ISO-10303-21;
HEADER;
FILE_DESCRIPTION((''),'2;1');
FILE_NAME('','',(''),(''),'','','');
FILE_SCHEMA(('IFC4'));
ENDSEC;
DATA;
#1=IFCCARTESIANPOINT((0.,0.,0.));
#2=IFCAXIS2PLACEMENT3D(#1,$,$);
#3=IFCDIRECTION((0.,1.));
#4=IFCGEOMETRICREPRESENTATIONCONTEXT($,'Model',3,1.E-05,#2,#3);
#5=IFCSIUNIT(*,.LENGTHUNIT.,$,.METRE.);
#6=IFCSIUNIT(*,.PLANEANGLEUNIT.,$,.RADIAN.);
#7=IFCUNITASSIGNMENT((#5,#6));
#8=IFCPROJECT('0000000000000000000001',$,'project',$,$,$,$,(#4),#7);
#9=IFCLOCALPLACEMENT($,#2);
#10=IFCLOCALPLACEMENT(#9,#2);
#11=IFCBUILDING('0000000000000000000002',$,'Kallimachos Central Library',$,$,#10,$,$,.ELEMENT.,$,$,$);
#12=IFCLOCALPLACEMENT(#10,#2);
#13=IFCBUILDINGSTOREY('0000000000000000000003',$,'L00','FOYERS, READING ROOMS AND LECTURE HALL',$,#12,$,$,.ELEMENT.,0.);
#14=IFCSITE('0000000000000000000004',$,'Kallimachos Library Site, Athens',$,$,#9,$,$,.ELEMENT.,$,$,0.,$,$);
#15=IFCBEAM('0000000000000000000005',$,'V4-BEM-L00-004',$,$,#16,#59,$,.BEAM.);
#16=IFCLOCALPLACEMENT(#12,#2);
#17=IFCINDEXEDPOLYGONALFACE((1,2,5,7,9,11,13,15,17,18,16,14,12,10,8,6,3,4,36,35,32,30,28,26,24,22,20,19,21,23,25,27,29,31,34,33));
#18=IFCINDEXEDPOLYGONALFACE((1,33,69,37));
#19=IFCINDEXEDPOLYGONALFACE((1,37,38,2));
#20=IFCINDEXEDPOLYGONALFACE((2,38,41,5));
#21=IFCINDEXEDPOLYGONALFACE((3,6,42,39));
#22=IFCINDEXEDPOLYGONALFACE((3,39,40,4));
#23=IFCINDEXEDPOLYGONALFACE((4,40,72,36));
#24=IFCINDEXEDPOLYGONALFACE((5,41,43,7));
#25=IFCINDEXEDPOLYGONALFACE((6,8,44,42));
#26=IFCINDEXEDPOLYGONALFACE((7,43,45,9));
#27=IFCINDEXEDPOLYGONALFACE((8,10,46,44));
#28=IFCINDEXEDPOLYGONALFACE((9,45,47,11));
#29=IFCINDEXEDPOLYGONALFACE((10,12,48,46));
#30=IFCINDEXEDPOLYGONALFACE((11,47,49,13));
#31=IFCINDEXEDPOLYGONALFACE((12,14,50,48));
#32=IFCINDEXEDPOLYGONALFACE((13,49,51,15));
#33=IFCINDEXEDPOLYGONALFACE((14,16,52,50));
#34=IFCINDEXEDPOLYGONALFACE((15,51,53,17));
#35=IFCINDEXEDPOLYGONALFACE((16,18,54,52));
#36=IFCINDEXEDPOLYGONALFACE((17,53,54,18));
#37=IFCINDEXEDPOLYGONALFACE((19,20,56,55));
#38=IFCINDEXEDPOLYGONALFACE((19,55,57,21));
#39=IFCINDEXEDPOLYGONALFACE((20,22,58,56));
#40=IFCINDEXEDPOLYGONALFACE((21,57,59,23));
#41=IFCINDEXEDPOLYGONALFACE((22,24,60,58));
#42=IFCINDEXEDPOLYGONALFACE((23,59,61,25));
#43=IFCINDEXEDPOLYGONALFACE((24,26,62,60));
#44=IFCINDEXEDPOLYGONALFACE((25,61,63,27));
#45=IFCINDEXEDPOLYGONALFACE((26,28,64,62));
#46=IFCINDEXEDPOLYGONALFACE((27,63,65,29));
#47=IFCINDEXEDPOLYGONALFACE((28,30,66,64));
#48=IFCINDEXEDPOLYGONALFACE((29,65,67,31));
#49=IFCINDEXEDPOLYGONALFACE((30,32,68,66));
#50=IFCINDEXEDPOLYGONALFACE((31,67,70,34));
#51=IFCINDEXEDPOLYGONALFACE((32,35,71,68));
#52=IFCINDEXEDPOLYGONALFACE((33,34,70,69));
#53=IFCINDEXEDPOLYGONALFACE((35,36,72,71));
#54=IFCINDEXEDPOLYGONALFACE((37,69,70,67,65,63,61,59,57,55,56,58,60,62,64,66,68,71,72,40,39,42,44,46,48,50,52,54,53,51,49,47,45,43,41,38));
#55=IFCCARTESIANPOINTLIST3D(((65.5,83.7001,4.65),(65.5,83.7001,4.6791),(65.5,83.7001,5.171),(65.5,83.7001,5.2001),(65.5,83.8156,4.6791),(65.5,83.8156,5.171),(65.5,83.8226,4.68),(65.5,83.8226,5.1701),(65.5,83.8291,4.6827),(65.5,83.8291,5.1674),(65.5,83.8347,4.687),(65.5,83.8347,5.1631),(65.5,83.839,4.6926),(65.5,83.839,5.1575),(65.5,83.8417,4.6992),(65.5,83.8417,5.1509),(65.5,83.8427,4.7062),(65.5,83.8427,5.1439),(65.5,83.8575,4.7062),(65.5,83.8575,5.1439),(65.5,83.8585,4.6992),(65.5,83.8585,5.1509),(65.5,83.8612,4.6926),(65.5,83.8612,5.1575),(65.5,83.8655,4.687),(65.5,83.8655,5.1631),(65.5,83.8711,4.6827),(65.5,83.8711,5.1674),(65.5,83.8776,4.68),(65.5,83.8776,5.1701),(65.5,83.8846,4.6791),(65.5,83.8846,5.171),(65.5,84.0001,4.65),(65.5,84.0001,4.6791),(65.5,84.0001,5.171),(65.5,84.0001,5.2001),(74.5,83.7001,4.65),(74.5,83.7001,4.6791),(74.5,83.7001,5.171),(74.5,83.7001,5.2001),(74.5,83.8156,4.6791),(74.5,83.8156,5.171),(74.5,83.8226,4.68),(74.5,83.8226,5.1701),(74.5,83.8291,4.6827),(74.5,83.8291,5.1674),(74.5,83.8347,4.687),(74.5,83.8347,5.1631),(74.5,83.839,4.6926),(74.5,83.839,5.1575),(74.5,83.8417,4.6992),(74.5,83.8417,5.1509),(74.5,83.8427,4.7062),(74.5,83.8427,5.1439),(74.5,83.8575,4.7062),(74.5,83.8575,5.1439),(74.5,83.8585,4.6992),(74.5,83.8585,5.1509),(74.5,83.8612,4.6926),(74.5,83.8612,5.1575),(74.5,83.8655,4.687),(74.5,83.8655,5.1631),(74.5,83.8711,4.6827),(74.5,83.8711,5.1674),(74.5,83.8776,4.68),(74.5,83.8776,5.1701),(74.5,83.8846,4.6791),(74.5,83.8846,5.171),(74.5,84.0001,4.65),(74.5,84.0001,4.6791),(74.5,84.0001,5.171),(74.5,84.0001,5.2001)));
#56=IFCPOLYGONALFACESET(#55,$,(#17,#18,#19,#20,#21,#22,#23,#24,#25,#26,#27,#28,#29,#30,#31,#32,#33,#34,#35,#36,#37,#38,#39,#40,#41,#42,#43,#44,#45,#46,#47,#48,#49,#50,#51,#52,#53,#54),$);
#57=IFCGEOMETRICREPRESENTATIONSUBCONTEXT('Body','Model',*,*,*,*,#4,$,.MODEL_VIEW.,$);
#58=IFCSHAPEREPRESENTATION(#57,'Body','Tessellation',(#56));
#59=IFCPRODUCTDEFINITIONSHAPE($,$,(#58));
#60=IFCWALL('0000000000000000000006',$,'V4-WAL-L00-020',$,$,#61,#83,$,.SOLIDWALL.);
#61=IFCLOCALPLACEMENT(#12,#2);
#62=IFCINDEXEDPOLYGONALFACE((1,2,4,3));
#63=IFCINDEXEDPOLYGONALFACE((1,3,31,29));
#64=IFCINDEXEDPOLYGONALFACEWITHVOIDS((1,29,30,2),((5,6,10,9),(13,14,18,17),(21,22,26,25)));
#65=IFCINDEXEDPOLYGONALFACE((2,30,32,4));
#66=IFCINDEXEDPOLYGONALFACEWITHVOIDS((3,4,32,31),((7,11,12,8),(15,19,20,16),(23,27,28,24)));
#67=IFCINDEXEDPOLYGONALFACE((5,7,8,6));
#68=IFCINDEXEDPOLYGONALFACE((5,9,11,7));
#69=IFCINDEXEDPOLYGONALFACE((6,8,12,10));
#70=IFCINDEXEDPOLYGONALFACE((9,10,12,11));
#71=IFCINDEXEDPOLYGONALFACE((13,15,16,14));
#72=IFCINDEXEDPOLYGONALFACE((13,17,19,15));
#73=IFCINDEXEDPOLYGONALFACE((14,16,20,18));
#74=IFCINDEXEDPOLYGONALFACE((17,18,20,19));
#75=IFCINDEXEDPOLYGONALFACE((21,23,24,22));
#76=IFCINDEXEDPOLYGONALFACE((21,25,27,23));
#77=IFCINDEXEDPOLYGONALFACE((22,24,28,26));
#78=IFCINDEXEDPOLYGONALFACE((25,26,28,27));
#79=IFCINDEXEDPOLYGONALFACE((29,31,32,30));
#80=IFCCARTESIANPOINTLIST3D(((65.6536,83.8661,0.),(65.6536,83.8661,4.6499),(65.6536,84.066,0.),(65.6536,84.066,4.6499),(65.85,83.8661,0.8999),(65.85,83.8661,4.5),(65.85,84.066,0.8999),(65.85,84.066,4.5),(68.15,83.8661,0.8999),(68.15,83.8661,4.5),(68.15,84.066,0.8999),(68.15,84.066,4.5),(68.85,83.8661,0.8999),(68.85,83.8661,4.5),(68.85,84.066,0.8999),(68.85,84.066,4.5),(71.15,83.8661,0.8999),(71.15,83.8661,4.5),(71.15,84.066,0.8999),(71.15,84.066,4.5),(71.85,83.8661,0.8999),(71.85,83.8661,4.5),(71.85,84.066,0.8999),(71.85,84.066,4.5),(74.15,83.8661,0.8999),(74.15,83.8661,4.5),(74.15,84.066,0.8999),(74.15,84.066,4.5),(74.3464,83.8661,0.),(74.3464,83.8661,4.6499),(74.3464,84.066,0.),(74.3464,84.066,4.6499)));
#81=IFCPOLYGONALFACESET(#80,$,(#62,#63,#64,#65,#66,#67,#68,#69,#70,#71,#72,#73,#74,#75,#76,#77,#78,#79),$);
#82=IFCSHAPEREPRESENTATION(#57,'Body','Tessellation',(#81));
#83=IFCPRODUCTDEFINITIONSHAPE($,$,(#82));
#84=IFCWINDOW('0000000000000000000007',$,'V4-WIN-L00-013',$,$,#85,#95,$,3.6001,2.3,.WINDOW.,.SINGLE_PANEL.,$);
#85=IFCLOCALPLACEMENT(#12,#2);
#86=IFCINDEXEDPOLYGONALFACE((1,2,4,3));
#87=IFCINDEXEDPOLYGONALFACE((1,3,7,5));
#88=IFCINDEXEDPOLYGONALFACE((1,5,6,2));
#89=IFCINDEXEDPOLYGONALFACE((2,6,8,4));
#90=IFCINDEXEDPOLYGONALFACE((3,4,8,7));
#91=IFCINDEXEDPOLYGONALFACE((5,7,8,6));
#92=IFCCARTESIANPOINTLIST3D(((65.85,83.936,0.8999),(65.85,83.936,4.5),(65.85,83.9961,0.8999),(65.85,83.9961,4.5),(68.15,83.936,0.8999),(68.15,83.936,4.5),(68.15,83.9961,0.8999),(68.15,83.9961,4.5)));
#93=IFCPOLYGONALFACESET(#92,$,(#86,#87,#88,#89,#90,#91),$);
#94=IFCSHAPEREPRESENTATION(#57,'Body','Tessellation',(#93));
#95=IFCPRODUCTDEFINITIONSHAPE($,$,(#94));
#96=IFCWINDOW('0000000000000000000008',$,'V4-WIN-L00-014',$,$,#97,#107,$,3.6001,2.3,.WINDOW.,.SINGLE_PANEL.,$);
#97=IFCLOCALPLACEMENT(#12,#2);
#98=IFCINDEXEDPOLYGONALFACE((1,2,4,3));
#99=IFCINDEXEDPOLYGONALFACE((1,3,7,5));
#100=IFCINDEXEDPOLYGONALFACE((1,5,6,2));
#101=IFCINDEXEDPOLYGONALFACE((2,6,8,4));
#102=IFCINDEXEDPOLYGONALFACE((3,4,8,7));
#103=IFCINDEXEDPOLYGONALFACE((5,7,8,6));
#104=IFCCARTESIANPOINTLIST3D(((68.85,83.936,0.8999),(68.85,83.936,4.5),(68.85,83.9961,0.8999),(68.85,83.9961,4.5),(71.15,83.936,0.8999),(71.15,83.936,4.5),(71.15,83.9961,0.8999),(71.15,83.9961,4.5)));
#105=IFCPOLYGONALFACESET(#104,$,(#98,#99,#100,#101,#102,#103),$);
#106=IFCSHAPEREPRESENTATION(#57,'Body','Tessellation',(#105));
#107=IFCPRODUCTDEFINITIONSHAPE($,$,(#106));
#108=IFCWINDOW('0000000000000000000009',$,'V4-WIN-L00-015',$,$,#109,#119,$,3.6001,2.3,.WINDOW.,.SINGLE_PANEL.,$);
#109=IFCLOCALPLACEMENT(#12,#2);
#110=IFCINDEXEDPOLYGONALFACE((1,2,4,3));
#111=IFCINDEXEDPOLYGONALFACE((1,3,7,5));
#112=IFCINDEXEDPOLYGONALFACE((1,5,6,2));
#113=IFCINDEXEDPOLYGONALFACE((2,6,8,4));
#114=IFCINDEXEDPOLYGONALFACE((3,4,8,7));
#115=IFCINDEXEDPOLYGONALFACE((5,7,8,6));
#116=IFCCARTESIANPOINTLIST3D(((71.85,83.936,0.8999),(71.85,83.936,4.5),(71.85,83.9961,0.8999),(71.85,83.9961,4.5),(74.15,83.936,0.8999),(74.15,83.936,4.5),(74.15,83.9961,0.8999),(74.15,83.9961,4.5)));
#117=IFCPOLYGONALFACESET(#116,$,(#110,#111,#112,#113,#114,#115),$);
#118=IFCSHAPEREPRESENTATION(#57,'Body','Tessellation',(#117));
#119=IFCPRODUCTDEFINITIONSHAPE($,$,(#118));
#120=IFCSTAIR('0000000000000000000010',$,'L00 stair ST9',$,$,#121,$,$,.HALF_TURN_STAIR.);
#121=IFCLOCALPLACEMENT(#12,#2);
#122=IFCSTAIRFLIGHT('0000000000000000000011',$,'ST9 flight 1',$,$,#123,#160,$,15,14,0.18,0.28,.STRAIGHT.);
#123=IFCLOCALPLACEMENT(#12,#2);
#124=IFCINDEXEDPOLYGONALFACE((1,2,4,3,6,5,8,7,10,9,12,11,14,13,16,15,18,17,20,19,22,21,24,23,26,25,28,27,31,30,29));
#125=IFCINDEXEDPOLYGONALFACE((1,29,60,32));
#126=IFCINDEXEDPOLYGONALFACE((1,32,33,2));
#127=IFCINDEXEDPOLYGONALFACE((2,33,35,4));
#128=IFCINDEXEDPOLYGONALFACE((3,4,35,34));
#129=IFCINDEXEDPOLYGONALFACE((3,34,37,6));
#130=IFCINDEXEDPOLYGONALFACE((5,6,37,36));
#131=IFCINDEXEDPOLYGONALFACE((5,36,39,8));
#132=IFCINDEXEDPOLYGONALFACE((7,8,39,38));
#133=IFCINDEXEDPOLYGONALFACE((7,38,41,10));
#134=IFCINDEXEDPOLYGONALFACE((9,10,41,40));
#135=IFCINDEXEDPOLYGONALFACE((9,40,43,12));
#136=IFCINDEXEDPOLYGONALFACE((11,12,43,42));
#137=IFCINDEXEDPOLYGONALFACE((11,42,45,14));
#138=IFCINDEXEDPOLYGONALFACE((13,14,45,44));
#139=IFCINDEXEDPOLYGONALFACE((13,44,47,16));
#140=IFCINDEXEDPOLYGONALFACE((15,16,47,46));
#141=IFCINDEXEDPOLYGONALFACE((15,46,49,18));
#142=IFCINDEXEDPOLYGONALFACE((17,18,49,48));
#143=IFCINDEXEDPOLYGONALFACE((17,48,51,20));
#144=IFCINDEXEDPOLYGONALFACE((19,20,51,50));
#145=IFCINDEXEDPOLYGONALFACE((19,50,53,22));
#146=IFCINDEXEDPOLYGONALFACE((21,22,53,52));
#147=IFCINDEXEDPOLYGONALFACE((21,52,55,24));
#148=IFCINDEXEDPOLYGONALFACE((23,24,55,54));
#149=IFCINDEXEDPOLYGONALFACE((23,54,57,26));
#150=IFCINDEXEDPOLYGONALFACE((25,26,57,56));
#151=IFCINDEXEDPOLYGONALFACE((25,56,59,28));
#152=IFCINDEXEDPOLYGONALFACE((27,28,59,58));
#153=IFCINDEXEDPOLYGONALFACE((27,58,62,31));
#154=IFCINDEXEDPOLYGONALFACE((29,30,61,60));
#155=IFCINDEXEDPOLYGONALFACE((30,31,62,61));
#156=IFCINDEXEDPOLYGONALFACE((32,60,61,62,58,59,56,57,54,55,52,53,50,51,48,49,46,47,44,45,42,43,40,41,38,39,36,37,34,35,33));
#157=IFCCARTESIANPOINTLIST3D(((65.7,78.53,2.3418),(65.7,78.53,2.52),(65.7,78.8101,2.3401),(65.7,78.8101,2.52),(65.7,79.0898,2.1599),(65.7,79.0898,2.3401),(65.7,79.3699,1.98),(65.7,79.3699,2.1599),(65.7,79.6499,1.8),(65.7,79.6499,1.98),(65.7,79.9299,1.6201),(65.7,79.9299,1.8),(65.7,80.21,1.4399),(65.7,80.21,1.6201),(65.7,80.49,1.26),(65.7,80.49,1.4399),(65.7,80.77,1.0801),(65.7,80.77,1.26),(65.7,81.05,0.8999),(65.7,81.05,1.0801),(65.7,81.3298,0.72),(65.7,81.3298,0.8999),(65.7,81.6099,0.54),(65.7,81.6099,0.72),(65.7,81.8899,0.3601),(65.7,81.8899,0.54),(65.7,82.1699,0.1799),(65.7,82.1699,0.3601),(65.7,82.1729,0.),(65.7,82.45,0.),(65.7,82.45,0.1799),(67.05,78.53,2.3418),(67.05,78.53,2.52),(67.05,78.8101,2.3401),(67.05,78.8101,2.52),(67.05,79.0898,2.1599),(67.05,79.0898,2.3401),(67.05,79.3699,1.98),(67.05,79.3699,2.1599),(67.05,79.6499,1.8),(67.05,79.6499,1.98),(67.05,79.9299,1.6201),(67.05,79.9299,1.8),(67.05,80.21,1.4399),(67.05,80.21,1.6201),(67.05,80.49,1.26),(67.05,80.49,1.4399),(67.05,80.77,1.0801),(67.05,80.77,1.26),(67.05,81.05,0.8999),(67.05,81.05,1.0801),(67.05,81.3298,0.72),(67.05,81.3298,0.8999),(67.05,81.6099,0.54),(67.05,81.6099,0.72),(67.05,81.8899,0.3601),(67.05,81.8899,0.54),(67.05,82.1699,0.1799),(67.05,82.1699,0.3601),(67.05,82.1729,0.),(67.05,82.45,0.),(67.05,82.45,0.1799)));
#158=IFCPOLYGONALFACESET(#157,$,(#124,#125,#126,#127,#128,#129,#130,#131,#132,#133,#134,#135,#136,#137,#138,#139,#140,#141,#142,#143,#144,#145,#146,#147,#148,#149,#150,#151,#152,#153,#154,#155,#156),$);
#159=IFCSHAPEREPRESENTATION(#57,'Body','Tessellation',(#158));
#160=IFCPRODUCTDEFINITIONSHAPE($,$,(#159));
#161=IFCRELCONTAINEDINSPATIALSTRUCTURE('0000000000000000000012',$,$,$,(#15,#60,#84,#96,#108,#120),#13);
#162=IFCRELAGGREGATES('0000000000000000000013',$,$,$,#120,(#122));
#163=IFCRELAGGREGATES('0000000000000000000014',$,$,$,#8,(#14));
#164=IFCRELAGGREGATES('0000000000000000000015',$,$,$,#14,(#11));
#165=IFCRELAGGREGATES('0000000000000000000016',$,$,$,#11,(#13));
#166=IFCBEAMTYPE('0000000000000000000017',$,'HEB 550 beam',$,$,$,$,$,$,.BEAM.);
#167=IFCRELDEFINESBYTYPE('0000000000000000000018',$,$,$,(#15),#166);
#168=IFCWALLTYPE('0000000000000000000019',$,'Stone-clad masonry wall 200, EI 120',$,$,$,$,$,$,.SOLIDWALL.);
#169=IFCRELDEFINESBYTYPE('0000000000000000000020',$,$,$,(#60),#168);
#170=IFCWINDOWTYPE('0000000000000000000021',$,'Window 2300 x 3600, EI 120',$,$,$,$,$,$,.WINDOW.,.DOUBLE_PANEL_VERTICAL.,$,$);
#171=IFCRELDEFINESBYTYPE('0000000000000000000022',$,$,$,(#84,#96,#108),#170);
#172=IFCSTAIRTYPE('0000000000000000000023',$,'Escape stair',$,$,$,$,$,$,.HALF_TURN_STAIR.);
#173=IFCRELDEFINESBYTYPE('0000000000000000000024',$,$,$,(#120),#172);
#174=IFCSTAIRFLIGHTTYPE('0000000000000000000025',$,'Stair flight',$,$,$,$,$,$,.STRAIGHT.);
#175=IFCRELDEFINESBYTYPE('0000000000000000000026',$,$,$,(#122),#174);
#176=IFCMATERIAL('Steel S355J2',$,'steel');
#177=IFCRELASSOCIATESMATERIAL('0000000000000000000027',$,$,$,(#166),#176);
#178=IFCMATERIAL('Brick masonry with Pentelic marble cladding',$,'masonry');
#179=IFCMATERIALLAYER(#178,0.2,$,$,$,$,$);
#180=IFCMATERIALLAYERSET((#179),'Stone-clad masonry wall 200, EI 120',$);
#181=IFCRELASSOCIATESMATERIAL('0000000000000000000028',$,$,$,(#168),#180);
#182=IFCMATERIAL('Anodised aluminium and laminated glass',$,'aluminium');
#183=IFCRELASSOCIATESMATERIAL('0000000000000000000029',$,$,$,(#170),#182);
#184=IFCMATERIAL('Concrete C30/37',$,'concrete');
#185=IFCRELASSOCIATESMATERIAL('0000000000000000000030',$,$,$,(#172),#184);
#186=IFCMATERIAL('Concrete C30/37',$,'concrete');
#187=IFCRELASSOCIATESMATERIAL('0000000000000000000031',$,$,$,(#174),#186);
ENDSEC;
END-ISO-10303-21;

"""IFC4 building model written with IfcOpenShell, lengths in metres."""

from ifc_helpers import new_model, si_unit, direction, frame, frame_2d, origin, origin_2d, place, context, subcontext, project, spatial, polyline, rectangle, i_section, outline, extrude, material, layer, layer_set, material_profile, profile_set, type_object, element, fill, aggregate, save


model = new_model("IFC4")

# Units and contexts
model_context = context("Model", 3, precision=1e-05, world=origin(), true_north=direction((0.0, 1.0)))
body_context = subcontext(model_context, "Body", "Model", "MODEL_VIEW")
ifc_project = project(units=[si_unit("LENGTHUNIT", "METRE"), si_unit("PLANEANGLEUNIT", "RADIAN")], contexts=[model_context])

# Site, building, storey
site_placement = place(None, origin())
site = spatial("IfcSite", under=ifc_project, at=site_placement, Name="Kallimachos Library Site, Athens", CompositionType="ELEMENT", RefElevation=0.0)
building_placement = place(site_placement, origin())
building = spatial("IfcBuilding", under=site, at=building_placement, Name="Kallimachos Central Library", CompositionType="ELEMENT")
storey_placement = place(building_placement, origin())
storey = spatial("IfcBuildingStorey", under=building, at=storey_placement, Name="L00", Description="FOYERS, READING ROOMS AND LECTURE HALL", CompositionType="ELEMENT", Elevation=0.0)

# Beam
ifc_material_1 = material(Name="Steel S355J2", Category="steel")
ifc_material_profile_1 = material_profile(ifc_material_1, i_section(OverallWidth=0.3, OverallDepth=0.55, WebThickness=0.0149, FlangeThickness=0.0291, FilletRadius=0.0271, at=origin_2d()), Name="HEB 550")
ifc_profile_set_1 = profile_set([ifc_material_profile_1], Name="Steel S355J2")
beam_type = type_object("IfcBeamType", Name="HEB 550 beam", PredefinedType="BEAM", material=ifc_profile_set_1)
beam_placement = place(storey_placement, frame((65.5, 83.8501, 4.925), z_axis=(1.0, 0.0, 0.0), x_axis=(0.0, 1.0, 0.0)))
element("IfcBeam", 1, at=beam_placement, inside=storey, type_object=beam_type, Name="V4-BEM-L00-004", PredefinedType="BEAM", context=body_context, shape_type="SweptSolid", body=[
    extrude(i_section(OverallWidth=0.3, OverallDepth=0.55, WebThickness=0.0149, FlangeThickness=0.0291, FilletRadius=0.0271, at=origin_2d()), origin(), (0.0, 0.0, 1.0), 9.0),
])

# Wall, openings, windows
ifc_material_2 = material(Name="Brick masonry with Pentelic marble cladding", Category="masonry")
ifc_layer_1 = layer(ifc_material_2, 0.2)
ifc_layer_set_1 = layer_set([ifc_layer_1], Name="Stone-clad masonry wall 200, EI 120")
wall_type = type_object("IfcWallType", Name="Stone-clad masonry wall 200, EI 120", PredefinedType="SOLIDWALL", material=ifc_layer_set_1)
wall_placement = place(storey_placement, frame((65.6536, 83.9661, 0.0), z_axis=(0.0, 0.0, 1.0), x_axis=(1.0, 0.0, 0.0)))
wall = element("IfcWall", 2, at=wall_placement, inside=storey, type_object=wall_type, Name="V4-WAL-L00-020", PredefinedType="SOLIDWALL", context=body_context, shape_type="SweptSolid", body=[
    extrude(rectangle(XDim=8.6929, YDim=0.2, at=frame_2d((4.3464, 0.0))), origin(), (0.0, 0.0, 1.0), 4.6499),
])
opening_1_placement = place(wall_placement, frame((0.1965, 0.0, 0.8999)))
opening_1 = element("IfcOpeningElement", 3, at=opening_1_placement, cuts=wall, PredefinedType="OPENING", context=body_context, shape_type="SweptSolid", body=[
    extrude(rectangle(XDim=2.3, YDim=3.6001, at=frame_2d((1.1499, 1.8))), frame((0.0, 0.1099, 0.0), z_axis=(0.0, -1.0, 0.0), x_axis=(1.0, 0.0, 0.0)), (0.0, 0.0, 1.0), 0.22),
])
opening_2_placement = place(wall_placement, frame((3.1965, 0.0, 0.8999)))
opening_2 = element("IfcOpeningElement", 4, at=opening_2_placement, cuts=wall, PredefinedType="OPENING", context=body_context, shape_type="SweptSolid", body=[
    extrude(rectangle(XDim=2.3, YDim=3.6001, at=frame_2d((1.1499, 1.8))), frame((0.0, 0.1099, 0.0), z_axis=(0.0, -1.0, 0.0), x_axis=(1.0, 0.0, 0.0)), (0.0, 0.0, 1.0), 0.22),
])
opening_3_placement = place(wall_placement, frame((6.1965, 0.0, 0.8999)))
opening_3 = element("IfcOpeningElement", 5, at=opening_3_placement, cuts=wall, PredefinedType="OPENING", context=body_context, shape_type="SweptSolid", body=[
    extrude(rectangle(XDim=2.3, YDim=3.6001, at=frame_2d((1.1499, 1.8))), frame((0.0, 0.1099, 0.0), z_axis=(0.0, -1.0, 0.0), x_axis=(1.0, 0.0, 0.0)), (0.0, 0.0, 1.0), 0.22),
])
ifc_material_3 = material(Name="Anodised aluminium and laminated glass", Category="aluminium")
window_type = type_object("IfcWindowType", Name="Window 2300 x 3600, EI 120", PartitioningType="DOUBLE_PANEL_VERTICAL", PredefinedType="WINDOW", material=ifc_material_3)
window_1_placement = place(opening_1_placement, origin())
window_1 = element("IfcWindow", 6, at=window_1_placement, inside=storey, type_object=window_type, Name="V4-WIN-L00-013", OverallHeight=3.6001, OverallWidth=2.3, PartitioningType="SINGLE_PANEL", PredefinedType="WINDOW", context=body_context, shape_type="SweptSolid", body=[
    extrude(rectangle(XDim=2.3, YDim=3.6001, at=frame_2d((1.1499, 1.8))), frame((0.0, 0.03, 0.0), z_axis=(0.0, -1.0, 0.0), x_axis=(1.0, 0.0, 0.0)), (0.0, 0.0, 1.0), 0.0601),
])
fill(opening_1, window_1)
window_2_placement = place(opening_2_placement, origin())
window_2 = element("IfcWindow", 7, at=window_2_placement, inside=storey, type_object=window_type, Name="V4-WIN-L00-014", OverallHeight=3.6001, OverallWidth=2.3, PartitioningType="SINGLE_PANEL", PredefinedType="WINDOW", context=body_context, shape_type="SweptSolid", body=[
    extrude(rectangle(XDim=2.3, YDim=3.6001, at=frame_2d((1.1499, 1.8))), frame((0.0, 0.03, 0.0), z_axis=(0.0, -1.0, 0.0), x_axis=(1.0, 0.0, 0.0)), (0.0, 0.0, 1.0), 0.0601),
])
fill(opening_2, window_2)
window_3_placement = place(opening_3_placement, origin())
window_3 = element("IfcWindow", 8, at=window_3_placement, inside=storey, type_object=window_type, Name="V4-WIN-L00-015", OverallHeight=3.6001, OverallWidth=2.3, PartitioningType="SINGLE_PANEL", PredefinedType="WINDOW", context=body_context, shape_type="SweptSolid", body=[
    extrude(rectangle(XDim=2.3, YDim=3.6001, at=frame_2d((1.1499, 1.8))), frame((0.0, 0.03, 0.0), z_axis=(0.0, -1.0, 0.0), x_axis=(1.0, 0.0, 0.0)), (0.0, 0.0, 1.0), 0.0601),
])
fill(opening_3, window_3)

# Stair, stair flight
ifc_material_4 = material(Name="Concrete C30/37", Category="concrete")
stair_type = type_object("IfcStairType", Name="Escape stair", PredefinedType="HALF_TURN_STAIR", material=ifc_material_4)
stair_placement = place(storey_placement, origin())
stair = element("IfcStair", 9, at=stair_placement, inside=storey, type_object=stair_type, Name="L00 stair ST9", PredefinedType="HALF_TURN_STAIR")
ifc_material_5 = material(Name="Concrete C30/37", Category="concrete")
stair_flight_type = type_object("IfcStairFlightType", Name="Stair flight", PredefinedType="STRAIGHT", material=ifc_material_5)
stair_flight_1_placement = place(storey_placement, frame((66.375, 82.45, 0.0), z_axis=(0.0, 0.0, 1.0), x_axis=(0.0, -1.0, 0.0)))
stair_flight_1 = element("IfcStairFlight", 10, at=stair_flight_1_placement, type_object=stair_flight_type, Name="ST9 flight 1", NumberOfRisers=15, NumberOfTreads=14, PredefinedType="STRAIGHT", RiserHeight=0.18, TreadLength=0.28, context=body_context, shape_type="SweptSolid", body=[
    extrude(outline(polyline([(0.0, 0.0), (0.0, 0.1799), (0.28, 0.1799), (0.28, 0.3601), (0.5601, 0.3601), (0.5601, 0.54), (0.8401, 0.54), (0.8401, 0.72), (1.1201, 0.72), (1.1201, 0.8999), (1.3999, 0.8999), (1.3999, 1.0801), (1.6799, 1.0801), (1.6799, 1.26), (1.96, 1.26), (1.96, 1.4399), (2.24, 1.4399), (2.24, 1.6201), (2.52, 1.6201), (2.52, 1.8), (2.8, 1.8), (2.8, 1.98), (3.0801, 1.98), (3.0801, 2.1599), (3.3601, 2.1599), (3.3601, 2.3401), (3.6399, 2.3401), (3.6399, 2.52), (3.9199, 2.52), (3.9199, 2.7), (3.9199, 2.3418), (0.2771, 0.0), (0.0, 0.0)])), frame((0.0, 0.675, 0.0), z_axis=(0.0, -1.0, 0.0), x_axis=(1.0, 0.0, 0.0)), (0.0, 0.0, 1.0), 1.3501),
])
aggregate(stair, [stair_flight_1])

save(model, "model.ifc")
